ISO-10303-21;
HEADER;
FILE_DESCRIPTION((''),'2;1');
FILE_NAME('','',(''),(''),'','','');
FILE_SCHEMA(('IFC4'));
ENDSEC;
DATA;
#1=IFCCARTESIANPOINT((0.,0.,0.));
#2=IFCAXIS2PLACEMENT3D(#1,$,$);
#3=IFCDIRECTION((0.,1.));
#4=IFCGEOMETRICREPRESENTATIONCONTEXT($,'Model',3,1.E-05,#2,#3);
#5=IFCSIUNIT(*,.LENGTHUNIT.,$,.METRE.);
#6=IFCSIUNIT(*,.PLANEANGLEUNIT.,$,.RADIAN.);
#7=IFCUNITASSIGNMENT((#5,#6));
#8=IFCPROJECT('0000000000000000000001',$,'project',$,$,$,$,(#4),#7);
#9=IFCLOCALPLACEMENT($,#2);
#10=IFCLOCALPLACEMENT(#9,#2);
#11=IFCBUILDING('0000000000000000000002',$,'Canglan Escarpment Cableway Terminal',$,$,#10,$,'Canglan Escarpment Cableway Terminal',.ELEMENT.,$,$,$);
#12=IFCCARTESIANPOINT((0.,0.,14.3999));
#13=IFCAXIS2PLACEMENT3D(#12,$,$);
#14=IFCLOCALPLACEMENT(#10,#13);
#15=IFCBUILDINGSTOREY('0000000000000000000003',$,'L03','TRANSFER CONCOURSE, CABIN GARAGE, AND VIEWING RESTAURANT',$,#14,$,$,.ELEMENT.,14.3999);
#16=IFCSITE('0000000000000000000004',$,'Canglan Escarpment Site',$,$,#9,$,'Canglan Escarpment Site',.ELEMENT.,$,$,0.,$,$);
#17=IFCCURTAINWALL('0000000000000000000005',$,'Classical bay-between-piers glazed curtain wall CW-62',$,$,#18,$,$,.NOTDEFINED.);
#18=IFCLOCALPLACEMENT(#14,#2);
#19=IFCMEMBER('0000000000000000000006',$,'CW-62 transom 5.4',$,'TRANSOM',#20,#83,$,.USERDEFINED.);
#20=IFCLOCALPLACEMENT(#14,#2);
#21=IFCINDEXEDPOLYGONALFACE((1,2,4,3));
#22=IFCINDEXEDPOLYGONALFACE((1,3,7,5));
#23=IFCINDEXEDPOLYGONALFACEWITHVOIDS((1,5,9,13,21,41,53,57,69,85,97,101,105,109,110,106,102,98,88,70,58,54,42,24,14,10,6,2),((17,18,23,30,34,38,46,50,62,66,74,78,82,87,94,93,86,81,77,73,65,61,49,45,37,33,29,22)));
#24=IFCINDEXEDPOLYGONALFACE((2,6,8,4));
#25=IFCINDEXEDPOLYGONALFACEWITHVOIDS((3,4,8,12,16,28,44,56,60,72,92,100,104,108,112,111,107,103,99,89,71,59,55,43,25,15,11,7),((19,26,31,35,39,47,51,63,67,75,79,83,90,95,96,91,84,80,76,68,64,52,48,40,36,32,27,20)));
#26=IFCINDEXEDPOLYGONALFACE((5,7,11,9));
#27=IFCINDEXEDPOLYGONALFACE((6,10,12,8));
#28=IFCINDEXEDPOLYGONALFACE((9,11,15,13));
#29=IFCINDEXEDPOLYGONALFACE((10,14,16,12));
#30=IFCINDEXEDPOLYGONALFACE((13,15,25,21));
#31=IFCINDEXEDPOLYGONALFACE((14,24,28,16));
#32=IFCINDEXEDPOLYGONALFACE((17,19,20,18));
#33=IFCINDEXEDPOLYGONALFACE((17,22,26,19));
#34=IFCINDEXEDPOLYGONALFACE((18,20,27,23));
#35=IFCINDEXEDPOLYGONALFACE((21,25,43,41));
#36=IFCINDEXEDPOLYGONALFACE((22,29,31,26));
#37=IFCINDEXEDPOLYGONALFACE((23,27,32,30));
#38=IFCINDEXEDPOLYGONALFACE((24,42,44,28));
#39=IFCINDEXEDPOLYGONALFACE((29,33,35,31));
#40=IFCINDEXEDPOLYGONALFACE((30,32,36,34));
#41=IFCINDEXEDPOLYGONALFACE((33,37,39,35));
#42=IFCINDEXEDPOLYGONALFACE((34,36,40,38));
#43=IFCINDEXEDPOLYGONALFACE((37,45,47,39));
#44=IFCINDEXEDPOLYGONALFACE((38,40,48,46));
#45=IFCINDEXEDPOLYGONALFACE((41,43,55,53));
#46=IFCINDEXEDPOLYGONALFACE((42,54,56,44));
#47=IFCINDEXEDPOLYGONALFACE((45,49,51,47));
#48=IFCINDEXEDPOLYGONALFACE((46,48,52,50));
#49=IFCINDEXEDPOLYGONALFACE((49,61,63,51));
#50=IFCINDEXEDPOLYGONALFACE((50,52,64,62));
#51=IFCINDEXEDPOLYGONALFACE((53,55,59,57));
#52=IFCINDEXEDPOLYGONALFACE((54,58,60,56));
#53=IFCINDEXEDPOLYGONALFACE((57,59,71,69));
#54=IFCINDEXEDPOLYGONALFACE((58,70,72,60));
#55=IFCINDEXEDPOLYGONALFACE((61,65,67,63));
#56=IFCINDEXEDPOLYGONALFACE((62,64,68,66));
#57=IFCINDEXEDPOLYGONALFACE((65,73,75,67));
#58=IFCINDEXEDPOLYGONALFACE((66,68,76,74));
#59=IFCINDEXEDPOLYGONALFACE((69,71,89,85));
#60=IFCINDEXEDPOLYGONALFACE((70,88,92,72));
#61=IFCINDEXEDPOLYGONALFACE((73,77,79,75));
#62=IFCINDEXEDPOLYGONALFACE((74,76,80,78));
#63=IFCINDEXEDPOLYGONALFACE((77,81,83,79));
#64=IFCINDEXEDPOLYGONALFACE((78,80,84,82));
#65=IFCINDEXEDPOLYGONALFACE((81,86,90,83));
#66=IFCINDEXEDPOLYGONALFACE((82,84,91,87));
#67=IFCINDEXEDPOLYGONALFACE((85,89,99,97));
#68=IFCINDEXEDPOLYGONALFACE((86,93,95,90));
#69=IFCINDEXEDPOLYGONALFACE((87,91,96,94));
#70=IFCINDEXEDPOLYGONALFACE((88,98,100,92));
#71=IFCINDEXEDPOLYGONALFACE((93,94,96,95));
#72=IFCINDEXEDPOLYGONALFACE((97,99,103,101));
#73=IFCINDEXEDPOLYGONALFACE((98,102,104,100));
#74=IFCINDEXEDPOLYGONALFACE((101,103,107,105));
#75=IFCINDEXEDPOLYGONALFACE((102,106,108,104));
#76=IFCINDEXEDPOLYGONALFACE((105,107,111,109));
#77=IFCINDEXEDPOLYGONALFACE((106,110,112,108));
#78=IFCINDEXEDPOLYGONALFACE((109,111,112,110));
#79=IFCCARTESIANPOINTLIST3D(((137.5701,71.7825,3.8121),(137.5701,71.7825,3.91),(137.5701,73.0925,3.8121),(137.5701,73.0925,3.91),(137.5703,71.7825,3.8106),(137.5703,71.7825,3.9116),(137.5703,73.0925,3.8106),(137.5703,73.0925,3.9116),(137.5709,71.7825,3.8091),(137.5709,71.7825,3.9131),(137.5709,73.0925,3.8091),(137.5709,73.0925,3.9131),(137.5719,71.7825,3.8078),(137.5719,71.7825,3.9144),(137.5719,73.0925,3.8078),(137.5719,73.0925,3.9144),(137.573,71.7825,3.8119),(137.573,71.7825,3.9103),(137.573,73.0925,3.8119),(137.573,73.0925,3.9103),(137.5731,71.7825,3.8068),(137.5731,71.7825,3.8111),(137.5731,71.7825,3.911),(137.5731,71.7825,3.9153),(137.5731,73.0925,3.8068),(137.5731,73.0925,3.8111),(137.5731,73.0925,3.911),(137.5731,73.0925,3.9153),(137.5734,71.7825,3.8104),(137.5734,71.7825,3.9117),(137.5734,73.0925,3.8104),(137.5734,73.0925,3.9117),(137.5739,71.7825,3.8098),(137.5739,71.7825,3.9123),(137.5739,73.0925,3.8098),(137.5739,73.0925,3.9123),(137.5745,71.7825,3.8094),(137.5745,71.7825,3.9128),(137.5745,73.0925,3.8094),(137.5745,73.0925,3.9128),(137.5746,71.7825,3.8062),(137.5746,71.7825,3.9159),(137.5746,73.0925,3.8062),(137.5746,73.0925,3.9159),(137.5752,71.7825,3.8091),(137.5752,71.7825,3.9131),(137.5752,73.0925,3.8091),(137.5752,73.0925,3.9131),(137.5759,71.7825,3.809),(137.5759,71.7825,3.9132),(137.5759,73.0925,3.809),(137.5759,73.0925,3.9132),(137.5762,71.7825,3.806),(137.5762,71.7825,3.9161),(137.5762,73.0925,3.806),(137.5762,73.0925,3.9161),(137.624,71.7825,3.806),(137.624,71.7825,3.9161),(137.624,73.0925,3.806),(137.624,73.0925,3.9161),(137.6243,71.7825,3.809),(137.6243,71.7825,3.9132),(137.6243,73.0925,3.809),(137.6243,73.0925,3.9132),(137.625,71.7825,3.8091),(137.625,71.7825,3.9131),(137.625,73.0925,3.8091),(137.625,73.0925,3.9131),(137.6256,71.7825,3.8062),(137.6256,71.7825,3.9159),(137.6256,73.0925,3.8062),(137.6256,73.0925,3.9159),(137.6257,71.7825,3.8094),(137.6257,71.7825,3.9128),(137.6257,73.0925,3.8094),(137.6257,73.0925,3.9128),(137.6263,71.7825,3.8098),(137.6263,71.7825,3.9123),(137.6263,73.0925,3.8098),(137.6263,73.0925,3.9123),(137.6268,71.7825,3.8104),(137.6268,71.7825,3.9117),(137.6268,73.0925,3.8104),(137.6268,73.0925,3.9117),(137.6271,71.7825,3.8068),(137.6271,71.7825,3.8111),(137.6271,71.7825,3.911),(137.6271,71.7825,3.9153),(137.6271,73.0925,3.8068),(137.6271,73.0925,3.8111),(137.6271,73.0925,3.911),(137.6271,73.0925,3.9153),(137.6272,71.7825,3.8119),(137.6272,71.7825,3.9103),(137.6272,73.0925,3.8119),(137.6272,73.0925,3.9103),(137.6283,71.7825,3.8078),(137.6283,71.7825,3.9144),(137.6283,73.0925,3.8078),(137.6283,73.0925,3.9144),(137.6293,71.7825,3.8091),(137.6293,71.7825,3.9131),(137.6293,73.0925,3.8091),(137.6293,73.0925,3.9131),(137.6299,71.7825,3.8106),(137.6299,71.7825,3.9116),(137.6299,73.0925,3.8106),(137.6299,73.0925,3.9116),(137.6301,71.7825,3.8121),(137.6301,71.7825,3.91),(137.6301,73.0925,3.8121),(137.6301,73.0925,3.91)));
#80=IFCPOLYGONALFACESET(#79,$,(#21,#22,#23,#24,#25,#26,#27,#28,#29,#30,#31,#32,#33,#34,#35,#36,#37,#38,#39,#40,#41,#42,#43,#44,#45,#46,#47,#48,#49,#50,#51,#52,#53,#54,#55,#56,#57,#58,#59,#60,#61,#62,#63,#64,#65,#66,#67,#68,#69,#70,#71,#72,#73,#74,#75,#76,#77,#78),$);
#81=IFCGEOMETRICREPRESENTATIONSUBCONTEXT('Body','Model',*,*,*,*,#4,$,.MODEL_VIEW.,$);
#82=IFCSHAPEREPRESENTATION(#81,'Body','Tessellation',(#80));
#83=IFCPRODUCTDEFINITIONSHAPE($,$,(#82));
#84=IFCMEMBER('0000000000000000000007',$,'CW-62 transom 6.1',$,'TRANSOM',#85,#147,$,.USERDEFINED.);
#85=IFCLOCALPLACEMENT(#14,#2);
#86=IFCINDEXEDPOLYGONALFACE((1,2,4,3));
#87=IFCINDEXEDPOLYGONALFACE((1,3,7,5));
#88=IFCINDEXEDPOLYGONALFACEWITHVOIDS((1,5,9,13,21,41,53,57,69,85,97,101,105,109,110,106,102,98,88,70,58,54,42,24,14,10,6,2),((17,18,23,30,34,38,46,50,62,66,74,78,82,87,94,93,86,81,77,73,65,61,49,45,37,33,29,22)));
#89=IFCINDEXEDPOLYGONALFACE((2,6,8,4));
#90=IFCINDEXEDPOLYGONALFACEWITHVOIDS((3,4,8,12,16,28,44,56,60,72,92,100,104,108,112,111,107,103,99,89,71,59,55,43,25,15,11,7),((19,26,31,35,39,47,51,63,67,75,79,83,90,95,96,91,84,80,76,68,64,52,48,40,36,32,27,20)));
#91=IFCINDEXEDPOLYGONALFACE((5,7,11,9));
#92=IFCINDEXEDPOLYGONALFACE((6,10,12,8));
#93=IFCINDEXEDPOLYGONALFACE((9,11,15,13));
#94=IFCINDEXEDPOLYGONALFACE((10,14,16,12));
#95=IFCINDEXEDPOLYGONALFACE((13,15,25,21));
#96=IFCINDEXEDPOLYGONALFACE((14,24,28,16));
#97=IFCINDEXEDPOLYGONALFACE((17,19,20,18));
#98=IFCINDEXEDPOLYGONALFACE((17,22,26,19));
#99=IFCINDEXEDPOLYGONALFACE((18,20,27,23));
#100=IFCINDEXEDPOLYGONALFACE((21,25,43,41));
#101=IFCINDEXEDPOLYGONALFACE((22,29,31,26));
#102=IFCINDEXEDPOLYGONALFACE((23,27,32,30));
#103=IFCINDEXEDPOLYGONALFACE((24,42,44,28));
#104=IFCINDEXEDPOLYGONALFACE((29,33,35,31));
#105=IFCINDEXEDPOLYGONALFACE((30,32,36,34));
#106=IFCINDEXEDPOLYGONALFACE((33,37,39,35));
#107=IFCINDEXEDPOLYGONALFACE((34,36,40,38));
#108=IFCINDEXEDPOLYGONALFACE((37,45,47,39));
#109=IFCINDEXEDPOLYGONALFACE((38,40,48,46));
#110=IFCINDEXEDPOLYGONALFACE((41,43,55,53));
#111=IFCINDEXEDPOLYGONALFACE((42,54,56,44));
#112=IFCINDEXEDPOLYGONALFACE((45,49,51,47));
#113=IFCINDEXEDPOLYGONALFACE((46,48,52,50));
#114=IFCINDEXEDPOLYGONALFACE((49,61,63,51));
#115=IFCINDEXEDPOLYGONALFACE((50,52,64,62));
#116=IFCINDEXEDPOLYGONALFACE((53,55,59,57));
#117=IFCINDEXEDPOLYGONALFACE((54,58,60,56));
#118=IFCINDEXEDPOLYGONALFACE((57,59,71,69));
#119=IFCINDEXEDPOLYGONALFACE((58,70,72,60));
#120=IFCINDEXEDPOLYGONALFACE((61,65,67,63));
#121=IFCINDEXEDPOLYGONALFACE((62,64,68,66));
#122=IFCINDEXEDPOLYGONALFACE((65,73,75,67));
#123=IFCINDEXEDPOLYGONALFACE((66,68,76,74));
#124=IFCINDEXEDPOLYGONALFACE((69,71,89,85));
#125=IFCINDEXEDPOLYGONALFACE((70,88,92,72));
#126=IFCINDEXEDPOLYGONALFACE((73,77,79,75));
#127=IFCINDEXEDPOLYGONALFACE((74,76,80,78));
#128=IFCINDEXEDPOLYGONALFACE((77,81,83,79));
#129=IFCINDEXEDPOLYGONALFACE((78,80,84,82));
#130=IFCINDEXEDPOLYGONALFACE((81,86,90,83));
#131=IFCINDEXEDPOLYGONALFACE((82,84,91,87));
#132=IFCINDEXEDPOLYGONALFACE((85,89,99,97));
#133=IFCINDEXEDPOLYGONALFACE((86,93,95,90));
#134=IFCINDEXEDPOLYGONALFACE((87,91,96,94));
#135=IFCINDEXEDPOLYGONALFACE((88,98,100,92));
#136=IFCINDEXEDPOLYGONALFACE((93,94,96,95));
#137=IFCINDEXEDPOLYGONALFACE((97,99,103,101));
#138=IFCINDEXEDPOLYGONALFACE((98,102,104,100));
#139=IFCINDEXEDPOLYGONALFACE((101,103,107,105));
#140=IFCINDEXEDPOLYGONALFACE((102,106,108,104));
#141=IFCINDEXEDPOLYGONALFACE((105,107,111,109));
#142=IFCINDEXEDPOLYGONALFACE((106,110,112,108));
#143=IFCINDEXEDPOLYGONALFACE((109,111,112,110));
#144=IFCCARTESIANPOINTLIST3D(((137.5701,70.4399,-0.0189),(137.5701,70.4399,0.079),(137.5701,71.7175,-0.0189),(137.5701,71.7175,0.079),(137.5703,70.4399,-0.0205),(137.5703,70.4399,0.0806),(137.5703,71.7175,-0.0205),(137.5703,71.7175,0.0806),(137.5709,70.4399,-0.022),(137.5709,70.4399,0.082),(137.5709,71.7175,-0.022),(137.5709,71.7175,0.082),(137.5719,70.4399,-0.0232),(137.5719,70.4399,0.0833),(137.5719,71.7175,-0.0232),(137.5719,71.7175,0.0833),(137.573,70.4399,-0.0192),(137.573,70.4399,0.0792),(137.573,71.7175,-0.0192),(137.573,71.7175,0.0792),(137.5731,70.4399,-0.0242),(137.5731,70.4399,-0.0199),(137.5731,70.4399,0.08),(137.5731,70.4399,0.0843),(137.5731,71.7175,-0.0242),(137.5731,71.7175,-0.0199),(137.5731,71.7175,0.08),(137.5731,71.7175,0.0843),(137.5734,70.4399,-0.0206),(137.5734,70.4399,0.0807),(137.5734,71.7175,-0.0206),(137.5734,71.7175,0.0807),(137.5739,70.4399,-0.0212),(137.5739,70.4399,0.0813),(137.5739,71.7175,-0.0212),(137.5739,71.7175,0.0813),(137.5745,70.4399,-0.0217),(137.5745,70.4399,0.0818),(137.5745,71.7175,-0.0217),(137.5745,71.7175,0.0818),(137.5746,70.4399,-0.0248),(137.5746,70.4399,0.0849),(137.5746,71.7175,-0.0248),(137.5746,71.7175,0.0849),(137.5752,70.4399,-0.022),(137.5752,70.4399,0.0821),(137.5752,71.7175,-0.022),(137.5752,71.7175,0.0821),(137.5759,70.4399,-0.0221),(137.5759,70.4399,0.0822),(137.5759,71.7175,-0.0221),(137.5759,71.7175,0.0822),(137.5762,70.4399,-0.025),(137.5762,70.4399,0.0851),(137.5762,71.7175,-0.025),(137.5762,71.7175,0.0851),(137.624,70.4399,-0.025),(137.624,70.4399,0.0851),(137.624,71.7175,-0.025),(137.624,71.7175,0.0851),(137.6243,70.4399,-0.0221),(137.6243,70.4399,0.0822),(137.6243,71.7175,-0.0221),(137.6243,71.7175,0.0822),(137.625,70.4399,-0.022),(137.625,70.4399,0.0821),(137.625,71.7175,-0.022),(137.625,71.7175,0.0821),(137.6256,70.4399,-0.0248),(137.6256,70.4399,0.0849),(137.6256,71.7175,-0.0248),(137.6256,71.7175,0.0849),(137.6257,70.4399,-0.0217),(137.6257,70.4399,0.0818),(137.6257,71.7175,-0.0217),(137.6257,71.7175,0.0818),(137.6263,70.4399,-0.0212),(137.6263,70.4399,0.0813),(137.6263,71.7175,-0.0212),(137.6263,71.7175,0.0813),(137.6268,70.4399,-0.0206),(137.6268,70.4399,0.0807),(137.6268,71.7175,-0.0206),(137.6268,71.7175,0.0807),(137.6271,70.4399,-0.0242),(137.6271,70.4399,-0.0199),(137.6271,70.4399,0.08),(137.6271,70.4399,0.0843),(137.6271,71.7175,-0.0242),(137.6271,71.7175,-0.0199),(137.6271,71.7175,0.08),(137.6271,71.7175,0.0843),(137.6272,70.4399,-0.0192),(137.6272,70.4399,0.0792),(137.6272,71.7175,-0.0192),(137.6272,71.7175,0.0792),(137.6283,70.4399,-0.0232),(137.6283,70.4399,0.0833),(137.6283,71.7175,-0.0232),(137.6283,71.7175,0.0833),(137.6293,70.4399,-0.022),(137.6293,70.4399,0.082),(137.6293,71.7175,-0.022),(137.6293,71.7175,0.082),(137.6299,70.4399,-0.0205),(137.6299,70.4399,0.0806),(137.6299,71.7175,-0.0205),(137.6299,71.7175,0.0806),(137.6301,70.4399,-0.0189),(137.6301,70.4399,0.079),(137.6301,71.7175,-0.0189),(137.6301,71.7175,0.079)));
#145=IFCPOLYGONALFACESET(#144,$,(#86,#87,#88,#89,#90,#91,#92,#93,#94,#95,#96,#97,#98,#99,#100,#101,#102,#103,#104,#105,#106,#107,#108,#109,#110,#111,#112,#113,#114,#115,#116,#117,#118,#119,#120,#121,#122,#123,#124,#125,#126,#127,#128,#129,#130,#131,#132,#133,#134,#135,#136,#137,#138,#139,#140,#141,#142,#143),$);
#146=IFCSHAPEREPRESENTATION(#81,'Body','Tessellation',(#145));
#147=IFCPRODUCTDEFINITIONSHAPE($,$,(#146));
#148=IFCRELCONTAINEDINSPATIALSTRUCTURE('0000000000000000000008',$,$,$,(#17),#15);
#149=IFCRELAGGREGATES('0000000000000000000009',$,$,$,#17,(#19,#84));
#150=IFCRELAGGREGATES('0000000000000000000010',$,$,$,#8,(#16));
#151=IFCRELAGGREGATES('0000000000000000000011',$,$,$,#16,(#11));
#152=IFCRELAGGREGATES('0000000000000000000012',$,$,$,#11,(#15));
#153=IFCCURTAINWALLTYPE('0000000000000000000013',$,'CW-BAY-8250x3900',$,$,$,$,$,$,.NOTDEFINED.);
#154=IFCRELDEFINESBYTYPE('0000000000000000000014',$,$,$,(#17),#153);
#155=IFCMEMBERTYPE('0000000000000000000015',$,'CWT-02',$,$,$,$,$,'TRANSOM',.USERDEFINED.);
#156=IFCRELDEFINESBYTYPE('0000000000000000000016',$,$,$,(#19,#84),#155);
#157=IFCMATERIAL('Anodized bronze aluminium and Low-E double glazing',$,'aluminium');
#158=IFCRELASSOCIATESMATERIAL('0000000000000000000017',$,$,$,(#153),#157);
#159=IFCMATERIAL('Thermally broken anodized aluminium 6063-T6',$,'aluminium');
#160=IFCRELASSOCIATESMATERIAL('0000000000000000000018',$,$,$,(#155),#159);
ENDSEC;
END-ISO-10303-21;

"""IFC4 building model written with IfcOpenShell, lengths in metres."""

from ifc_helpers import new_model, si_unit, direction, frame, origin, origin_2d, place, context, subcontext, project, spatial, hollow_rectangle, extrude, material, material_profile, profile_set, type_object, element, aggregate, save


model = new_model("IFC4")

# Units and contexts
model_context = context("Model", 3, precision=1e-05, world=origin(), true_north=direction((0.0, 1.0)))
body_context = subcontext(model_context, "Body", "Model", "MODEL_VIEW")
ifc_project = project(units=[si_unit("LENGTHUNIT", "METRE"), si_unit("PLANEANGLEUNIT", "RADIAN")], contexts=[model_context])

# Site, building, storey
site_placement = place(None, origin())
site = spatial("IfcSite", under=ifc_project, at=site_placement, Name="Canglan Escarpment Site", LongName="Canglan Escarpment Site", CompositionType="ELEMENT", RefElevation=0.0)
building_placement = place(site_placement, origin())
building = spatial("IfcBuilding", under=site, at=building_placement, Name="Canglan Escarpment Cableway Terminal", LongName="Canglan Escarpment Cableway Terminal", CompositionType="ELEMENT")
storey_placement = place(building_placement, frame((0.0, 0.0, 14.3999)))
storey = spatial("IfcBuildingStorey", under=building, at=storey_placement, Name="L03", Description="TRANSFER CONCOURSE, CABIN GARAGE, AND VIEWING RESTAURANT", CompositionType="ELEMENT", Elevation=14.3999)

# Curtain wall, members
ifc_material_1 = material(Name="Anodized bronze aluminium and Low-E double glazing", Category="aluminium")
curtain_wall_type = type_object("IfcCurtainWallType", Name="CW-BAY-8250x3900", PredefinedType="NOTDEFINED", material=ifc_material_1)
curtain_wall_placement = place(storey_placement, origin())
curtain_wall = element("IfcCurtainWall", 1, at=curtain_wall_placement, inside=storey, type_object=curtain_wall_type, Name="Classical bay-between-piers glazed curtain wall CW-62", PredefinedType="NOTDEFINED")
ifc_material_2 = material(Name="Thermally broken anodized aluminium 6063-T6", Category="aluminium")
ifc_material_profile_1 = material_profile(ifc_material_2, hollow_rectangle(XDim=0.0601, YDim=0.1101, WallThickness=0.0029, InnerFilletRadius=0.0029, OuterFilletRadius=0.0061, at=origin_2d()), Name="ALU-TRAN 60x110x3")
ifc_profile_set_1 = profile_set([ifc_material_profile_1], Name="Thermally broken anodized aluminium 6063-T6")
member_type_1 = type_object("IfcMemberType", Name="CWT-02", ElementType="TRANSOM", PredefinedType="USERDEFINED", material=ifc_profile_set_1)
member_1_placement = place(storey_placement, frame((137.6001, 73.0925, 3.8611), z_axis=(0.0, -1.0, 0.0), x_axis=(1.0, 0.0, 0.0)))
member_1 = element("IfcMember", 2, at=member_1_placement, type_object=member_type_1, Name="CW-62 transom 5.4", ObjectType="TRANSOM", PredefinedType="USERDEFINED", context=body_context, shape_type="SweptSolid", body=[
    extrude(hollow_rectangle(XDim=0.0601, YDim=0.1101, WallThickness=0.0029, InnerFilletRadius=0.0029, OuterFilletRadius=0.0061, at=origin_2d()), origin(), (0.0, 0.0, 1.0), 1.3101),
])
member_2_placement = place(storey_placement, frame((137.6001, 71.7175, 0.03), z_axis=(0.0, -1.0, 0.0), x_axis=(1.0, 0.0, 0.0)))
member_2 = element("IfcMember", 3, at=member_2_placement, type_object=member_type_1, Name="CW-62 transom 6.1", ObjectType="TRANSOM", PredefinedType="USERDEFINED", context=body_context, shape_type="SweptSolid", body=[
    extrude(hollow_rectangle(XDim=0.0601, YDim=0.1101, WallThickness=0.0029, InnerFilletRadius=0.0029, OuterFilletRadius=0.0061, at=origin_2d()), origin(), (0.0, 0.0, 1.0), 1.2776),
])
aggregate(curtain_wall, [member_1, member_2])

save(model, "model.ifc")
